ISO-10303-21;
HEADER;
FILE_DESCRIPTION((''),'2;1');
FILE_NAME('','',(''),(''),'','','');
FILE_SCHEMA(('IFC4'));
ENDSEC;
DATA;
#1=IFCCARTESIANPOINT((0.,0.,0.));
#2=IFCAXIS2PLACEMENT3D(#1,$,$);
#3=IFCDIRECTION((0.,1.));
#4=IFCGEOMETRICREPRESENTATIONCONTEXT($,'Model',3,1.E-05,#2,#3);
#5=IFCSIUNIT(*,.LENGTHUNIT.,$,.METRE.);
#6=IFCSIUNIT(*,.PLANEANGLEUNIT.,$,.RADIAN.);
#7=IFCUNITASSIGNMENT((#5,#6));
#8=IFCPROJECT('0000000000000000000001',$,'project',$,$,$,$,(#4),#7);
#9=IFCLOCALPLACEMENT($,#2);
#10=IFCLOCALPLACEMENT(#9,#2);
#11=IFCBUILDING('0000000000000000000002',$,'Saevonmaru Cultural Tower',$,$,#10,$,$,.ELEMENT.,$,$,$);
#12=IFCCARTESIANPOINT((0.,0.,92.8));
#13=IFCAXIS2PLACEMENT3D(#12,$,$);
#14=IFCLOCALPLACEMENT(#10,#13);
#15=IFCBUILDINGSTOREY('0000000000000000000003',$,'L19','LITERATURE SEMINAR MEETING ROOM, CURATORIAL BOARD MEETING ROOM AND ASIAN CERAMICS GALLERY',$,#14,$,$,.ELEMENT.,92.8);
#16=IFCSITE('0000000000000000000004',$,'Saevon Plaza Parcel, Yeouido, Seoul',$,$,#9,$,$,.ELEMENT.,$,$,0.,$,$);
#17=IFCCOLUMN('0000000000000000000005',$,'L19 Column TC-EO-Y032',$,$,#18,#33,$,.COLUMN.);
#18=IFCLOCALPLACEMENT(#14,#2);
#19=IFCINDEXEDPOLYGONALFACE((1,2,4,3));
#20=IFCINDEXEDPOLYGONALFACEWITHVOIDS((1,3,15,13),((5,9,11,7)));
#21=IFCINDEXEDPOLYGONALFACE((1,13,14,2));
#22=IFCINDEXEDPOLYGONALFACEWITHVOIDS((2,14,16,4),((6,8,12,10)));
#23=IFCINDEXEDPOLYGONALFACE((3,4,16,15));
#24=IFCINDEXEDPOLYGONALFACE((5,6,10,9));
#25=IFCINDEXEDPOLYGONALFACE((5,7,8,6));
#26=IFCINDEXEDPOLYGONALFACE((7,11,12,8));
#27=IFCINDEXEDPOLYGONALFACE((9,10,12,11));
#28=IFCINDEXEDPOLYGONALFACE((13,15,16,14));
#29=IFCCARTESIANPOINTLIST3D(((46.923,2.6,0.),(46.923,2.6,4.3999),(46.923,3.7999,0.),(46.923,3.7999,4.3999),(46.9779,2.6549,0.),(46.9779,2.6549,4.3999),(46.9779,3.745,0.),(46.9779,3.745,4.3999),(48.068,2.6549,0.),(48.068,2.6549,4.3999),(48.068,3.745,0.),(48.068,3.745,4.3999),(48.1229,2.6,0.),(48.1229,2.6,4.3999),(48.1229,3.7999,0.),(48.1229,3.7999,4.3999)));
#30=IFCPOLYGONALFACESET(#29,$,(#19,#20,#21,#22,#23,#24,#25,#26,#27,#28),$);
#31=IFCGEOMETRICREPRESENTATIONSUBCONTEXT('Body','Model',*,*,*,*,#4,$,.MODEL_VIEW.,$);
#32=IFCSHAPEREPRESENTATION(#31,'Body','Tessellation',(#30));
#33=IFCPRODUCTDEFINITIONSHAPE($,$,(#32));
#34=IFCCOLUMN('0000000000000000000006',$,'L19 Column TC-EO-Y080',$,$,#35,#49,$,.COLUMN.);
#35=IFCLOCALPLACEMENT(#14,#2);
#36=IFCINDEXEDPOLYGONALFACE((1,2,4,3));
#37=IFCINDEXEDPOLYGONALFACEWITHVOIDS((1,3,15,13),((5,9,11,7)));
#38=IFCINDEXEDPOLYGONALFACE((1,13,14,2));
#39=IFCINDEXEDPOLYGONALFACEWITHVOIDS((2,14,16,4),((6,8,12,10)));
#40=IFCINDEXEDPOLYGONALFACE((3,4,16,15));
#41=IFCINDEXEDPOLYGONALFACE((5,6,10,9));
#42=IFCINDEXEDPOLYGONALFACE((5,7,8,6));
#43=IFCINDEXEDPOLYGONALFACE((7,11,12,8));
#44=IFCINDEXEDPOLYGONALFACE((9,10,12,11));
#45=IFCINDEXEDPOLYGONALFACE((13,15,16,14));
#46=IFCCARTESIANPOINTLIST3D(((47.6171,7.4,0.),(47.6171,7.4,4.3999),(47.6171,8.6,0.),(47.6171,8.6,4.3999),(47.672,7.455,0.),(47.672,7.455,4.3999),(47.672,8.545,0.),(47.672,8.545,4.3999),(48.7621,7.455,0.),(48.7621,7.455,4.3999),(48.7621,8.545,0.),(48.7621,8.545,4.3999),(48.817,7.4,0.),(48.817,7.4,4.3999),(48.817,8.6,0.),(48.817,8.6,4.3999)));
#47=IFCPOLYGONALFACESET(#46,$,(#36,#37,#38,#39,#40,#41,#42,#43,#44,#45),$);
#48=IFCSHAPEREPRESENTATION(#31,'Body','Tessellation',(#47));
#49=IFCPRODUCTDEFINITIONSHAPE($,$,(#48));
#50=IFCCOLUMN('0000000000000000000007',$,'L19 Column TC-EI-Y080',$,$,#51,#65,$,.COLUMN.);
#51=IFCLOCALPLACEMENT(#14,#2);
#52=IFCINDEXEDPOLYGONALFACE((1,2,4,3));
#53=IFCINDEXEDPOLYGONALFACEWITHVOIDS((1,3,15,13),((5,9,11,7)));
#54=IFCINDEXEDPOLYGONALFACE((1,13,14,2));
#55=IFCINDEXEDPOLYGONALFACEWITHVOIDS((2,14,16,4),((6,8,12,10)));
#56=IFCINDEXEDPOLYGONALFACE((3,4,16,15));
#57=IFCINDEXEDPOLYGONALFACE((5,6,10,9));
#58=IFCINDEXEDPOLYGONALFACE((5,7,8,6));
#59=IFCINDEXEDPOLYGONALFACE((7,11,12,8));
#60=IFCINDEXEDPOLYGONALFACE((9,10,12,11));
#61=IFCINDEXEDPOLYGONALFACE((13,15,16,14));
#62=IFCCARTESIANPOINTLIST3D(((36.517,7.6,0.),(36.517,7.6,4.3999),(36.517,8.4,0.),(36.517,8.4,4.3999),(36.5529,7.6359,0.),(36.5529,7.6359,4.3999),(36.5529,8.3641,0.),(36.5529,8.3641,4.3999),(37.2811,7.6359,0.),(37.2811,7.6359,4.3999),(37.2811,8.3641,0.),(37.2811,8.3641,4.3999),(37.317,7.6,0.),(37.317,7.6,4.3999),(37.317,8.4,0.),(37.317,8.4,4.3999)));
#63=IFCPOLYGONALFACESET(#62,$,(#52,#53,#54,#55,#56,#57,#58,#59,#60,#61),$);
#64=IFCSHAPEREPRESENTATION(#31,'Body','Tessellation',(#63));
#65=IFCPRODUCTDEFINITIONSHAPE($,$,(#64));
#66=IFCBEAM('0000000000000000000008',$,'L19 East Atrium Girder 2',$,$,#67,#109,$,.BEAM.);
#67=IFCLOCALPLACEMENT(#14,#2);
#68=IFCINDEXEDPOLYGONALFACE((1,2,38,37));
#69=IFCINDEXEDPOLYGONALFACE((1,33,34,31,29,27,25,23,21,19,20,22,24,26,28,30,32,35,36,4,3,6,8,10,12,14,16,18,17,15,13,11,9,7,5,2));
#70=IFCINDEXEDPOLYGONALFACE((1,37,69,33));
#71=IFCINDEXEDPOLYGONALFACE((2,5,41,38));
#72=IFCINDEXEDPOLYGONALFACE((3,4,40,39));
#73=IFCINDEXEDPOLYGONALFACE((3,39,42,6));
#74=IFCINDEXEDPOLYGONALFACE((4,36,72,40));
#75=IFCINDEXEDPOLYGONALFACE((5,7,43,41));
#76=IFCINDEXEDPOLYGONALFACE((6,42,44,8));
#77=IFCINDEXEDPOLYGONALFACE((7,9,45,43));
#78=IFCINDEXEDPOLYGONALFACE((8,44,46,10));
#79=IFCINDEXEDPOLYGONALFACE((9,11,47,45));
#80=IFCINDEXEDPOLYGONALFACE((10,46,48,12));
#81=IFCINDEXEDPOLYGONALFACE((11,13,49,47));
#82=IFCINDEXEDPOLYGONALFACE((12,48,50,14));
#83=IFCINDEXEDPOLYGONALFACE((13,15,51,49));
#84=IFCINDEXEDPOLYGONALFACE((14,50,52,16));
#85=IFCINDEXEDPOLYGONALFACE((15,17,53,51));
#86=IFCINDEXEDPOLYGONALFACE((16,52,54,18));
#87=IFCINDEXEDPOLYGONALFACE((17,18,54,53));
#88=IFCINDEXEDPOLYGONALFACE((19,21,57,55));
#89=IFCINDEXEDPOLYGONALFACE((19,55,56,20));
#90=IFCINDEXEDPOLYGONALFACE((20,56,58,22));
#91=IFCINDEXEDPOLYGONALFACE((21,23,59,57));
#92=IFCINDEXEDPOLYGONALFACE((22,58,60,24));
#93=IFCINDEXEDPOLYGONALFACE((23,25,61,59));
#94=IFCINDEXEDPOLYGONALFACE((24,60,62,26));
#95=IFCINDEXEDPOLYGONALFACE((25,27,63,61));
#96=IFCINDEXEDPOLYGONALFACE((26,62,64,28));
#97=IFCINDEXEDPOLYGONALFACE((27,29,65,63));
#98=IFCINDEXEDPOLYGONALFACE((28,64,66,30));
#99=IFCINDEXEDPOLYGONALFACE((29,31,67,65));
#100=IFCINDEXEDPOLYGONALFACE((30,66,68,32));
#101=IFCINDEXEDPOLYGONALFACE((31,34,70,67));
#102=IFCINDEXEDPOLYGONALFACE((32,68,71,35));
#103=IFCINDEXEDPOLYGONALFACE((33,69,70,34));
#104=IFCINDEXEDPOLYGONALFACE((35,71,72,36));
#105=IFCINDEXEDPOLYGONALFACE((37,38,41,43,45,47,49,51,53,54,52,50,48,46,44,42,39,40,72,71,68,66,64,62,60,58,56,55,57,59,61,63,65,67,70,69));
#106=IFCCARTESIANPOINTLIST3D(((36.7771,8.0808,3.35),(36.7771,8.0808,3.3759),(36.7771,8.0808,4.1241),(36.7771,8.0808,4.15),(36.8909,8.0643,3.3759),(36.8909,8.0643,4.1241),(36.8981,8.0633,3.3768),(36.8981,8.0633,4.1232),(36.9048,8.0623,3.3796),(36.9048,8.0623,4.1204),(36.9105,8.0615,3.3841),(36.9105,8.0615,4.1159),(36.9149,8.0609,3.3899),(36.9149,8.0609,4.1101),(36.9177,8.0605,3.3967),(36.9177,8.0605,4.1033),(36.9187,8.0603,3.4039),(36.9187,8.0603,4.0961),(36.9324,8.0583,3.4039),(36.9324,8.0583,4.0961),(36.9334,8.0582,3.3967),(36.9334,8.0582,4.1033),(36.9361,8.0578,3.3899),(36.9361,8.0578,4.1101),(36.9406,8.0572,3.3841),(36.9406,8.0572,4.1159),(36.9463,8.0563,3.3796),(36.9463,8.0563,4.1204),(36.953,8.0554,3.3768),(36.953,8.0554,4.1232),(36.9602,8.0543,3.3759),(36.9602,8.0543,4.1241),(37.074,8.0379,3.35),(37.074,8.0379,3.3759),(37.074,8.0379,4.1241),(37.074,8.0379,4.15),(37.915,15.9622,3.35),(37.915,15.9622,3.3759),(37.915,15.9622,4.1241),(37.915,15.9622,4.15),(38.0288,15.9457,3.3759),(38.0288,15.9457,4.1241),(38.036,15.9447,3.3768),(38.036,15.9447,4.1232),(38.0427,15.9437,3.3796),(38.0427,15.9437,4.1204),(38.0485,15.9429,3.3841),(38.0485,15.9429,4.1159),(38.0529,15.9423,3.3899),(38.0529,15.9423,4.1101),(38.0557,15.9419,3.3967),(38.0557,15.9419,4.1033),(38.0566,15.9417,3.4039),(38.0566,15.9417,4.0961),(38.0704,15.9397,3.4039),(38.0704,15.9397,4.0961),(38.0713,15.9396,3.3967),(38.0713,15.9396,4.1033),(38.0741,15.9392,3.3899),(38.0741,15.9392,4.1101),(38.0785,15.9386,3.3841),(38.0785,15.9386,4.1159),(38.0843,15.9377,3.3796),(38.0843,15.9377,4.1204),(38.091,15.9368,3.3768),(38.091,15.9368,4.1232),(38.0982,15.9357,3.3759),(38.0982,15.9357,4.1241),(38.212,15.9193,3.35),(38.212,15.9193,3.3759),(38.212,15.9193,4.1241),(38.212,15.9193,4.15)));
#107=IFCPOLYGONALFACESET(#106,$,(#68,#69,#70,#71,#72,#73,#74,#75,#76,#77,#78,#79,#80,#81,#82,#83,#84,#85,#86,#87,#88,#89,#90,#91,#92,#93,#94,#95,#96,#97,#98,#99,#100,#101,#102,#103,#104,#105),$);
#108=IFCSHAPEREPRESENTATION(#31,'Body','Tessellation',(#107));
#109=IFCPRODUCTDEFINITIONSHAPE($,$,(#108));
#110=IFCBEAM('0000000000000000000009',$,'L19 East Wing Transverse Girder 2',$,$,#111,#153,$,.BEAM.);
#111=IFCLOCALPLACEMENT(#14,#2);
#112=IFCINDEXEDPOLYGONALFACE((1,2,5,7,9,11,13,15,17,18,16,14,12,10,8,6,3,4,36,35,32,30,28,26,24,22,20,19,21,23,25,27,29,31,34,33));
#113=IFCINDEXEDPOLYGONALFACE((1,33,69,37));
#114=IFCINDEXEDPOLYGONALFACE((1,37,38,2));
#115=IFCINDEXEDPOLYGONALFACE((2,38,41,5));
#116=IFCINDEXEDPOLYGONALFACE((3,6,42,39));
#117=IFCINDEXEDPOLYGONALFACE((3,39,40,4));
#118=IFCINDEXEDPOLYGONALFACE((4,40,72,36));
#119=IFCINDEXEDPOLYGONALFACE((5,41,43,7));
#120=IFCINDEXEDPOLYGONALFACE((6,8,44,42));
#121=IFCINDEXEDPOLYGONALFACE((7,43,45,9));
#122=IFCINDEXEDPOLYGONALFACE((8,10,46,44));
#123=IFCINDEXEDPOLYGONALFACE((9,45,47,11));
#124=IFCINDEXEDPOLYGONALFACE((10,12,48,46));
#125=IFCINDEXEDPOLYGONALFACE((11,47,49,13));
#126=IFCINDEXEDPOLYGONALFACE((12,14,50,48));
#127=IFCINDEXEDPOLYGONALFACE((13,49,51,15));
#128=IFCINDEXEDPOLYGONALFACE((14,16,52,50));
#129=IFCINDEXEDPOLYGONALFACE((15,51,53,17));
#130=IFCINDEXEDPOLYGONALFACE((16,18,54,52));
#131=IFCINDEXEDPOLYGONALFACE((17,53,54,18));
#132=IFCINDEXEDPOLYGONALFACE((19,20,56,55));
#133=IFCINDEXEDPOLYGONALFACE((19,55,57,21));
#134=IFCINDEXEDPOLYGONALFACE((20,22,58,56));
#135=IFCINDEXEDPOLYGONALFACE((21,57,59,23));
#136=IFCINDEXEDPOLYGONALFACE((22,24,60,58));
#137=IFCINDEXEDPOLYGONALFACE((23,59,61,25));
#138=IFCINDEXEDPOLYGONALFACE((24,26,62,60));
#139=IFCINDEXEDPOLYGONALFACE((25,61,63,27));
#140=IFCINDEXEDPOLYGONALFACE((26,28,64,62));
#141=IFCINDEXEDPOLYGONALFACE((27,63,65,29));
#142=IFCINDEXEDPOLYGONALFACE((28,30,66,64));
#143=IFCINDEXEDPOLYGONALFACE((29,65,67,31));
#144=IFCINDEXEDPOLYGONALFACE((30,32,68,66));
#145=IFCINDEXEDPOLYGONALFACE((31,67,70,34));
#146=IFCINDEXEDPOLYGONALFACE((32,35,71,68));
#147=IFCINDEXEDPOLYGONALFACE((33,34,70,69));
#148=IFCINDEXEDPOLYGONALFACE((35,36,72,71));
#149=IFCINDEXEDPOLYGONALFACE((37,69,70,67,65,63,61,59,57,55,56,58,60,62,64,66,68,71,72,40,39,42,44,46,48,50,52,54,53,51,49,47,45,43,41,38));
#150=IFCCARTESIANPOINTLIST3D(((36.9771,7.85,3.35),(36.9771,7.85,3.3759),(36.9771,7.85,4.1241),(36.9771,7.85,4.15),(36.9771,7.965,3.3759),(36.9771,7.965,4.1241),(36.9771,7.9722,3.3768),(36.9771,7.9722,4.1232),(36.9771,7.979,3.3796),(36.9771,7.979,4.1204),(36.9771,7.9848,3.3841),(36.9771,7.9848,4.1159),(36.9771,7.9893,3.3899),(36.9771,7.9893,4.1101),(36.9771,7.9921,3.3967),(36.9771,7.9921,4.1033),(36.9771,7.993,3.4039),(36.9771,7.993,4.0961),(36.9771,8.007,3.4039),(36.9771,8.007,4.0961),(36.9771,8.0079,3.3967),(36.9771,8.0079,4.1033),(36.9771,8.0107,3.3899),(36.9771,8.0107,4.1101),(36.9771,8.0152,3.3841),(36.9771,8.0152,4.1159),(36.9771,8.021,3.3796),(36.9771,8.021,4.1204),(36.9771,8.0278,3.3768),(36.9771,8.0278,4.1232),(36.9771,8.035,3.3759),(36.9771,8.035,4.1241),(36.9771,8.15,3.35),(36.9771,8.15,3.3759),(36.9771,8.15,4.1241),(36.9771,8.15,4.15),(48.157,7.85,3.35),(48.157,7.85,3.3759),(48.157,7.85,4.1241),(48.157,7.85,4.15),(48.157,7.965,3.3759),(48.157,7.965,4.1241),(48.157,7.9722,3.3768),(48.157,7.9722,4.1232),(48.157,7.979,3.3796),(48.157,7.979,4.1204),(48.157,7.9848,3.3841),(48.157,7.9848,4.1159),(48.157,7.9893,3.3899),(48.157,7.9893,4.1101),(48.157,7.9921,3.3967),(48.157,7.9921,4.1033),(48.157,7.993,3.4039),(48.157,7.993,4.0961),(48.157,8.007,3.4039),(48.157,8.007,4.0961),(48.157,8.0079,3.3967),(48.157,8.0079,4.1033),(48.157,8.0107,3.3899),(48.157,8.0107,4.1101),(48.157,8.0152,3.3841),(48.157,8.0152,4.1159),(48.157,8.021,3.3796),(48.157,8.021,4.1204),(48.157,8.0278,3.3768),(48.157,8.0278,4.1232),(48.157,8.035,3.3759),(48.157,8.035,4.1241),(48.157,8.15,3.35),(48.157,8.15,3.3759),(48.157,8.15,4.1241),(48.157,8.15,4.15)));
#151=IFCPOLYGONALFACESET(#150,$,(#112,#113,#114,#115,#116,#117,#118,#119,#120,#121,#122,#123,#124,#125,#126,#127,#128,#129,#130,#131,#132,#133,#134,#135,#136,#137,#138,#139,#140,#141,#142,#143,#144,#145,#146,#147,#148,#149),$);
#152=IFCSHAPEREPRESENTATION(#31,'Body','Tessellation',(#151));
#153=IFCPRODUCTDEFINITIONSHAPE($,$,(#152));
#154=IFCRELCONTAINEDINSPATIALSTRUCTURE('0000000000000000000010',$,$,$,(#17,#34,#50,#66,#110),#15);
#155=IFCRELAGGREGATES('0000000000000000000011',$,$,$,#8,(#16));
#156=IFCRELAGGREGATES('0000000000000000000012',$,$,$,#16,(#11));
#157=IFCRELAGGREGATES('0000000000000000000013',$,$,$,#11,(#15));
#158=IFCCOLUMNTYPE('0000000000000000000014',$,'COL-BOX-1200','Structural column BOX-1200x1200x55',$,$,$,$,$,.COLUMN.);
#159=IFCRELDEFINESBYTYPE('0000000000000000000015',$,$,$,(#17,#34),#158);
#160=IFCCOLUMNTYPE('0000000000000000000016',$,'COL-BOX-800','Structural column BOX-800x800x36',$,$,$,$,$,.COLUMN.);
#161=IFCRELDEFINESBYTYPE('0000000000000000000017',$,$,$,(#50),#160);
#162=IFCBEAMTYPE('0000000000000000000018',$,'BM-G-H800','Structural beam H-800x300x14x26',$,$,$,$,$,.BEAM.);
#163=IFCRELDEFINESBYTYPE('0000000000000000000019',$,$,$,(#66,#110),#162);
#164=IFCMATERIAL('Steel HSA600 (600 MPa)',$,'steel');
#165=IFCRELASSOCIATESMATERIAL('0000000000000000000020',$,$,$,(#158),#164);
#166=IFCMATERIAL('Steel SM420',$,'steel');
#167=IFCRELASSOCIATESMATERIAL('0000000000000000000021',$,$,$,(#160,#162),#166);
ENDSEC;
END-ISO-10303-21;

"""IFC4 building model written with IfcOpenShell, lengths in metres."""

from ifc_helpers import new_model, si_unit, direction, frame, origin, origin_2d, place, context, subcontext, project, spatial, hollow_rectangle, i_section, extrude, material, material_profile, profile_set, type_object, element, save


model = new_model("IFC4")

# Units and contexts
model_context = context("Model", 3, precision=1e-05, world=origin(), true_north=direction((0.0, 1.0)))
body_context = subcontext(model_context, "Body", "Model", "MODEL_VIEW")
ifc_project = project(units=[si_unit("LENGTHUNIT", "METRE"), si_unit("PLANEANGLEUNIT", "RADIAN")], contexts=[model_context])

# Site, building, storey
site_placement = place(None, origin())
site = spatial("IfcSite", under=ifc_project, at=site_placement, Name="Saevon Plaza Parcel, Yeouido, Seoul", CompositionType="ELEMENT", RefElevation=0.0)
building_placement = place(site_placement, origin())
building = spatial("IfcBuilding", under=site, at=building_placement, Name="Saevonmaru Cultural Tower", CompositionType="ELEMENT")
storey_placement = place(building_placement, frame((0.0, 0.0, 92.8)))
storey = spatial("IfcBuildingStorey", under=building, at=storey_placement, Name="L19", Description="LITERATURE SEMINAR MEETING ROOM, CURATORIAL BOARD MEETING ROOM AND ASIAN CERAMICS GALLERY", CompositionType="ELEMENT", Elevation=92.8)

# Columns
ifc_material_1 = material(Name="Steel HSA600 (600 MPa)", Category="steel")
ifc_material_profile_1 = material_profile(ifc_material_1, hollow_rectangle(XDim=1.2, YDim=1.2, WallThickness=0.0549, at=origin_2d()), Name="BOX-1200x1200x55")
ifc_profile_set_1 = profile_set([ifc_material_profile_1], Name="Steel HSA600 (600 MPa)")
column_type_1 = type_object("IfcColumnType", Name="COL-BOX-1200", Description="Structural column BOX-1200x1200x55", PredefinedType="COLUMN", material=ifc_profile_set_1)
for number, where, z_axis, x_axis, name in (
    (1, (47.5229, 3.2, 0.0), (0.0, 0.0, 1.0), (1.0, 0.0, 0.0), "L19 Column TC-EO-Y032"),
    (2, (48.217, 8.0, 0.0), (0.0, 0.0, 1.0), (1.0, 0.0, 0.0), "L19 Column TC-EO-Y080"),
):
    element("IfcColumn", number, at=place(storey_placement, frame(where, z_axis=z_axis, x_axis=x_axis)), inside=storey, type_object=column_type_1, Name=name, PredefinedType="COLUMN", context=body_context, shape_type="SweptSolid", body=[
        extrude(hollow_rectangle(XDim=1.2, YDim=1.2, WallThickness=0.0549, at=origin_2d()), origin(), (0.0, 0.0, 1.0), 4.3999),
    ])
ifc_material_2 = material(Name="Steel SM420", Category="steel")
ifc_material_profile_2 = material_profile(ifc_material_2, hollow_rectangle(XDim=0.8, YDim=0.8, WallThickness=0.0359, at=origin_2d()), Name="BOX-800x800x36")
ifc_profile_set_2 = profile_set([ifc_material_profile_2], Name="Steel SM420")
column_type_2 = type_object("IfcColumnType", Name="COL-BOX-800", Description="Structural column BOX-800x800x36", PredefinedType="COLUMN", material=ifc_profile_set_2)
column_placement = place(storey_placement, frame((36.917, 8.0, 0.0), z_axis=(0.0, 0.0, 1.0), x_axis=(1.0, 0.0, 0.0)))
element("IfcColumn", 3, at=column_placement, inside=storey, type_object=column_type_2, Name="L19 Column TC-EI-Y080", PredefinedType="COLUMN", context=body_context, shape_type="SweptSolid", body=[
    extrude(hollow_rectangle(XDim=0.8, YDim=0.8, WallThickness=0.0359, at=origin_2d()), origin(), (0.0, 0.0, 1.0), 4.3999),
])

# Beams
ifc_material_profile_3 = material_profile(ifc_material_2, i_section(OverallWidth=0.3, OverallDepth=0.8, WebThickness=0.0139, FlangeThickness=0.0259, FilletRadius=0.0281, at=origin_2d()), Name="H-800x300x14x26")
ifc_profile_set_3 = profile_set([ifc_material_profile_3], Name="Steel SM420")
beam_type_1 = type_object("IfcBeamType", Name="BM-G-H800", Description="Structural beam H-800x300x14x26", PredefinedType="BEAM", material=ifc_profile_set_3)
beam_1_placement = place(storey_placement, frame((36.9255, 8.0593, 3.75), z_axis=(0.142902, 0.989737, 0.0), x_axis=(-0.989737, 0.142902, 0.0)))
element("IfcBeam", 4, at=beam_1_placement, inside=storey, type_object=beam_type_1, Name="L19 East Atrium Girder 2", PredefinedType="BEAM", context=body_context, shape_type="SweptSolid", body=[
    extrude(i_section(OverallWidth=0.3, OverallDepth=0.8, WebThickness=0.0139, FlangeThickness=0.0259, FilletRadius=0.0281, at=origin_2d()), origin(), (0.0, 0.0, 1.0), 7.9631),
])
beam_2_placement = place(storey_placement, frame((36.9771, 8.0, 3.75), z_axis=(1.0, 0.0, 0.0), x_axis=(0.0, 1.0, 0.0)))
element("IfcBeam", 5, at=beam_2_placement, inside=storey, type_object=beam_type_1, Name="L19 East Wing Transverse Girder 2", PredefinedType="BEAM", context=body_context, shape_type="SweptSolid", body=[
    extrude(i_section(OverallWidth=0.3, OverallDepth=0.8, WebThickness=0.0139, FlangeThickness=0.0259, FilletRadius=0.0281, at=origin_2d()), origin(), (0.0, 0.0, 1.0), 11.1799),
])

save(model, "model.ifc")
